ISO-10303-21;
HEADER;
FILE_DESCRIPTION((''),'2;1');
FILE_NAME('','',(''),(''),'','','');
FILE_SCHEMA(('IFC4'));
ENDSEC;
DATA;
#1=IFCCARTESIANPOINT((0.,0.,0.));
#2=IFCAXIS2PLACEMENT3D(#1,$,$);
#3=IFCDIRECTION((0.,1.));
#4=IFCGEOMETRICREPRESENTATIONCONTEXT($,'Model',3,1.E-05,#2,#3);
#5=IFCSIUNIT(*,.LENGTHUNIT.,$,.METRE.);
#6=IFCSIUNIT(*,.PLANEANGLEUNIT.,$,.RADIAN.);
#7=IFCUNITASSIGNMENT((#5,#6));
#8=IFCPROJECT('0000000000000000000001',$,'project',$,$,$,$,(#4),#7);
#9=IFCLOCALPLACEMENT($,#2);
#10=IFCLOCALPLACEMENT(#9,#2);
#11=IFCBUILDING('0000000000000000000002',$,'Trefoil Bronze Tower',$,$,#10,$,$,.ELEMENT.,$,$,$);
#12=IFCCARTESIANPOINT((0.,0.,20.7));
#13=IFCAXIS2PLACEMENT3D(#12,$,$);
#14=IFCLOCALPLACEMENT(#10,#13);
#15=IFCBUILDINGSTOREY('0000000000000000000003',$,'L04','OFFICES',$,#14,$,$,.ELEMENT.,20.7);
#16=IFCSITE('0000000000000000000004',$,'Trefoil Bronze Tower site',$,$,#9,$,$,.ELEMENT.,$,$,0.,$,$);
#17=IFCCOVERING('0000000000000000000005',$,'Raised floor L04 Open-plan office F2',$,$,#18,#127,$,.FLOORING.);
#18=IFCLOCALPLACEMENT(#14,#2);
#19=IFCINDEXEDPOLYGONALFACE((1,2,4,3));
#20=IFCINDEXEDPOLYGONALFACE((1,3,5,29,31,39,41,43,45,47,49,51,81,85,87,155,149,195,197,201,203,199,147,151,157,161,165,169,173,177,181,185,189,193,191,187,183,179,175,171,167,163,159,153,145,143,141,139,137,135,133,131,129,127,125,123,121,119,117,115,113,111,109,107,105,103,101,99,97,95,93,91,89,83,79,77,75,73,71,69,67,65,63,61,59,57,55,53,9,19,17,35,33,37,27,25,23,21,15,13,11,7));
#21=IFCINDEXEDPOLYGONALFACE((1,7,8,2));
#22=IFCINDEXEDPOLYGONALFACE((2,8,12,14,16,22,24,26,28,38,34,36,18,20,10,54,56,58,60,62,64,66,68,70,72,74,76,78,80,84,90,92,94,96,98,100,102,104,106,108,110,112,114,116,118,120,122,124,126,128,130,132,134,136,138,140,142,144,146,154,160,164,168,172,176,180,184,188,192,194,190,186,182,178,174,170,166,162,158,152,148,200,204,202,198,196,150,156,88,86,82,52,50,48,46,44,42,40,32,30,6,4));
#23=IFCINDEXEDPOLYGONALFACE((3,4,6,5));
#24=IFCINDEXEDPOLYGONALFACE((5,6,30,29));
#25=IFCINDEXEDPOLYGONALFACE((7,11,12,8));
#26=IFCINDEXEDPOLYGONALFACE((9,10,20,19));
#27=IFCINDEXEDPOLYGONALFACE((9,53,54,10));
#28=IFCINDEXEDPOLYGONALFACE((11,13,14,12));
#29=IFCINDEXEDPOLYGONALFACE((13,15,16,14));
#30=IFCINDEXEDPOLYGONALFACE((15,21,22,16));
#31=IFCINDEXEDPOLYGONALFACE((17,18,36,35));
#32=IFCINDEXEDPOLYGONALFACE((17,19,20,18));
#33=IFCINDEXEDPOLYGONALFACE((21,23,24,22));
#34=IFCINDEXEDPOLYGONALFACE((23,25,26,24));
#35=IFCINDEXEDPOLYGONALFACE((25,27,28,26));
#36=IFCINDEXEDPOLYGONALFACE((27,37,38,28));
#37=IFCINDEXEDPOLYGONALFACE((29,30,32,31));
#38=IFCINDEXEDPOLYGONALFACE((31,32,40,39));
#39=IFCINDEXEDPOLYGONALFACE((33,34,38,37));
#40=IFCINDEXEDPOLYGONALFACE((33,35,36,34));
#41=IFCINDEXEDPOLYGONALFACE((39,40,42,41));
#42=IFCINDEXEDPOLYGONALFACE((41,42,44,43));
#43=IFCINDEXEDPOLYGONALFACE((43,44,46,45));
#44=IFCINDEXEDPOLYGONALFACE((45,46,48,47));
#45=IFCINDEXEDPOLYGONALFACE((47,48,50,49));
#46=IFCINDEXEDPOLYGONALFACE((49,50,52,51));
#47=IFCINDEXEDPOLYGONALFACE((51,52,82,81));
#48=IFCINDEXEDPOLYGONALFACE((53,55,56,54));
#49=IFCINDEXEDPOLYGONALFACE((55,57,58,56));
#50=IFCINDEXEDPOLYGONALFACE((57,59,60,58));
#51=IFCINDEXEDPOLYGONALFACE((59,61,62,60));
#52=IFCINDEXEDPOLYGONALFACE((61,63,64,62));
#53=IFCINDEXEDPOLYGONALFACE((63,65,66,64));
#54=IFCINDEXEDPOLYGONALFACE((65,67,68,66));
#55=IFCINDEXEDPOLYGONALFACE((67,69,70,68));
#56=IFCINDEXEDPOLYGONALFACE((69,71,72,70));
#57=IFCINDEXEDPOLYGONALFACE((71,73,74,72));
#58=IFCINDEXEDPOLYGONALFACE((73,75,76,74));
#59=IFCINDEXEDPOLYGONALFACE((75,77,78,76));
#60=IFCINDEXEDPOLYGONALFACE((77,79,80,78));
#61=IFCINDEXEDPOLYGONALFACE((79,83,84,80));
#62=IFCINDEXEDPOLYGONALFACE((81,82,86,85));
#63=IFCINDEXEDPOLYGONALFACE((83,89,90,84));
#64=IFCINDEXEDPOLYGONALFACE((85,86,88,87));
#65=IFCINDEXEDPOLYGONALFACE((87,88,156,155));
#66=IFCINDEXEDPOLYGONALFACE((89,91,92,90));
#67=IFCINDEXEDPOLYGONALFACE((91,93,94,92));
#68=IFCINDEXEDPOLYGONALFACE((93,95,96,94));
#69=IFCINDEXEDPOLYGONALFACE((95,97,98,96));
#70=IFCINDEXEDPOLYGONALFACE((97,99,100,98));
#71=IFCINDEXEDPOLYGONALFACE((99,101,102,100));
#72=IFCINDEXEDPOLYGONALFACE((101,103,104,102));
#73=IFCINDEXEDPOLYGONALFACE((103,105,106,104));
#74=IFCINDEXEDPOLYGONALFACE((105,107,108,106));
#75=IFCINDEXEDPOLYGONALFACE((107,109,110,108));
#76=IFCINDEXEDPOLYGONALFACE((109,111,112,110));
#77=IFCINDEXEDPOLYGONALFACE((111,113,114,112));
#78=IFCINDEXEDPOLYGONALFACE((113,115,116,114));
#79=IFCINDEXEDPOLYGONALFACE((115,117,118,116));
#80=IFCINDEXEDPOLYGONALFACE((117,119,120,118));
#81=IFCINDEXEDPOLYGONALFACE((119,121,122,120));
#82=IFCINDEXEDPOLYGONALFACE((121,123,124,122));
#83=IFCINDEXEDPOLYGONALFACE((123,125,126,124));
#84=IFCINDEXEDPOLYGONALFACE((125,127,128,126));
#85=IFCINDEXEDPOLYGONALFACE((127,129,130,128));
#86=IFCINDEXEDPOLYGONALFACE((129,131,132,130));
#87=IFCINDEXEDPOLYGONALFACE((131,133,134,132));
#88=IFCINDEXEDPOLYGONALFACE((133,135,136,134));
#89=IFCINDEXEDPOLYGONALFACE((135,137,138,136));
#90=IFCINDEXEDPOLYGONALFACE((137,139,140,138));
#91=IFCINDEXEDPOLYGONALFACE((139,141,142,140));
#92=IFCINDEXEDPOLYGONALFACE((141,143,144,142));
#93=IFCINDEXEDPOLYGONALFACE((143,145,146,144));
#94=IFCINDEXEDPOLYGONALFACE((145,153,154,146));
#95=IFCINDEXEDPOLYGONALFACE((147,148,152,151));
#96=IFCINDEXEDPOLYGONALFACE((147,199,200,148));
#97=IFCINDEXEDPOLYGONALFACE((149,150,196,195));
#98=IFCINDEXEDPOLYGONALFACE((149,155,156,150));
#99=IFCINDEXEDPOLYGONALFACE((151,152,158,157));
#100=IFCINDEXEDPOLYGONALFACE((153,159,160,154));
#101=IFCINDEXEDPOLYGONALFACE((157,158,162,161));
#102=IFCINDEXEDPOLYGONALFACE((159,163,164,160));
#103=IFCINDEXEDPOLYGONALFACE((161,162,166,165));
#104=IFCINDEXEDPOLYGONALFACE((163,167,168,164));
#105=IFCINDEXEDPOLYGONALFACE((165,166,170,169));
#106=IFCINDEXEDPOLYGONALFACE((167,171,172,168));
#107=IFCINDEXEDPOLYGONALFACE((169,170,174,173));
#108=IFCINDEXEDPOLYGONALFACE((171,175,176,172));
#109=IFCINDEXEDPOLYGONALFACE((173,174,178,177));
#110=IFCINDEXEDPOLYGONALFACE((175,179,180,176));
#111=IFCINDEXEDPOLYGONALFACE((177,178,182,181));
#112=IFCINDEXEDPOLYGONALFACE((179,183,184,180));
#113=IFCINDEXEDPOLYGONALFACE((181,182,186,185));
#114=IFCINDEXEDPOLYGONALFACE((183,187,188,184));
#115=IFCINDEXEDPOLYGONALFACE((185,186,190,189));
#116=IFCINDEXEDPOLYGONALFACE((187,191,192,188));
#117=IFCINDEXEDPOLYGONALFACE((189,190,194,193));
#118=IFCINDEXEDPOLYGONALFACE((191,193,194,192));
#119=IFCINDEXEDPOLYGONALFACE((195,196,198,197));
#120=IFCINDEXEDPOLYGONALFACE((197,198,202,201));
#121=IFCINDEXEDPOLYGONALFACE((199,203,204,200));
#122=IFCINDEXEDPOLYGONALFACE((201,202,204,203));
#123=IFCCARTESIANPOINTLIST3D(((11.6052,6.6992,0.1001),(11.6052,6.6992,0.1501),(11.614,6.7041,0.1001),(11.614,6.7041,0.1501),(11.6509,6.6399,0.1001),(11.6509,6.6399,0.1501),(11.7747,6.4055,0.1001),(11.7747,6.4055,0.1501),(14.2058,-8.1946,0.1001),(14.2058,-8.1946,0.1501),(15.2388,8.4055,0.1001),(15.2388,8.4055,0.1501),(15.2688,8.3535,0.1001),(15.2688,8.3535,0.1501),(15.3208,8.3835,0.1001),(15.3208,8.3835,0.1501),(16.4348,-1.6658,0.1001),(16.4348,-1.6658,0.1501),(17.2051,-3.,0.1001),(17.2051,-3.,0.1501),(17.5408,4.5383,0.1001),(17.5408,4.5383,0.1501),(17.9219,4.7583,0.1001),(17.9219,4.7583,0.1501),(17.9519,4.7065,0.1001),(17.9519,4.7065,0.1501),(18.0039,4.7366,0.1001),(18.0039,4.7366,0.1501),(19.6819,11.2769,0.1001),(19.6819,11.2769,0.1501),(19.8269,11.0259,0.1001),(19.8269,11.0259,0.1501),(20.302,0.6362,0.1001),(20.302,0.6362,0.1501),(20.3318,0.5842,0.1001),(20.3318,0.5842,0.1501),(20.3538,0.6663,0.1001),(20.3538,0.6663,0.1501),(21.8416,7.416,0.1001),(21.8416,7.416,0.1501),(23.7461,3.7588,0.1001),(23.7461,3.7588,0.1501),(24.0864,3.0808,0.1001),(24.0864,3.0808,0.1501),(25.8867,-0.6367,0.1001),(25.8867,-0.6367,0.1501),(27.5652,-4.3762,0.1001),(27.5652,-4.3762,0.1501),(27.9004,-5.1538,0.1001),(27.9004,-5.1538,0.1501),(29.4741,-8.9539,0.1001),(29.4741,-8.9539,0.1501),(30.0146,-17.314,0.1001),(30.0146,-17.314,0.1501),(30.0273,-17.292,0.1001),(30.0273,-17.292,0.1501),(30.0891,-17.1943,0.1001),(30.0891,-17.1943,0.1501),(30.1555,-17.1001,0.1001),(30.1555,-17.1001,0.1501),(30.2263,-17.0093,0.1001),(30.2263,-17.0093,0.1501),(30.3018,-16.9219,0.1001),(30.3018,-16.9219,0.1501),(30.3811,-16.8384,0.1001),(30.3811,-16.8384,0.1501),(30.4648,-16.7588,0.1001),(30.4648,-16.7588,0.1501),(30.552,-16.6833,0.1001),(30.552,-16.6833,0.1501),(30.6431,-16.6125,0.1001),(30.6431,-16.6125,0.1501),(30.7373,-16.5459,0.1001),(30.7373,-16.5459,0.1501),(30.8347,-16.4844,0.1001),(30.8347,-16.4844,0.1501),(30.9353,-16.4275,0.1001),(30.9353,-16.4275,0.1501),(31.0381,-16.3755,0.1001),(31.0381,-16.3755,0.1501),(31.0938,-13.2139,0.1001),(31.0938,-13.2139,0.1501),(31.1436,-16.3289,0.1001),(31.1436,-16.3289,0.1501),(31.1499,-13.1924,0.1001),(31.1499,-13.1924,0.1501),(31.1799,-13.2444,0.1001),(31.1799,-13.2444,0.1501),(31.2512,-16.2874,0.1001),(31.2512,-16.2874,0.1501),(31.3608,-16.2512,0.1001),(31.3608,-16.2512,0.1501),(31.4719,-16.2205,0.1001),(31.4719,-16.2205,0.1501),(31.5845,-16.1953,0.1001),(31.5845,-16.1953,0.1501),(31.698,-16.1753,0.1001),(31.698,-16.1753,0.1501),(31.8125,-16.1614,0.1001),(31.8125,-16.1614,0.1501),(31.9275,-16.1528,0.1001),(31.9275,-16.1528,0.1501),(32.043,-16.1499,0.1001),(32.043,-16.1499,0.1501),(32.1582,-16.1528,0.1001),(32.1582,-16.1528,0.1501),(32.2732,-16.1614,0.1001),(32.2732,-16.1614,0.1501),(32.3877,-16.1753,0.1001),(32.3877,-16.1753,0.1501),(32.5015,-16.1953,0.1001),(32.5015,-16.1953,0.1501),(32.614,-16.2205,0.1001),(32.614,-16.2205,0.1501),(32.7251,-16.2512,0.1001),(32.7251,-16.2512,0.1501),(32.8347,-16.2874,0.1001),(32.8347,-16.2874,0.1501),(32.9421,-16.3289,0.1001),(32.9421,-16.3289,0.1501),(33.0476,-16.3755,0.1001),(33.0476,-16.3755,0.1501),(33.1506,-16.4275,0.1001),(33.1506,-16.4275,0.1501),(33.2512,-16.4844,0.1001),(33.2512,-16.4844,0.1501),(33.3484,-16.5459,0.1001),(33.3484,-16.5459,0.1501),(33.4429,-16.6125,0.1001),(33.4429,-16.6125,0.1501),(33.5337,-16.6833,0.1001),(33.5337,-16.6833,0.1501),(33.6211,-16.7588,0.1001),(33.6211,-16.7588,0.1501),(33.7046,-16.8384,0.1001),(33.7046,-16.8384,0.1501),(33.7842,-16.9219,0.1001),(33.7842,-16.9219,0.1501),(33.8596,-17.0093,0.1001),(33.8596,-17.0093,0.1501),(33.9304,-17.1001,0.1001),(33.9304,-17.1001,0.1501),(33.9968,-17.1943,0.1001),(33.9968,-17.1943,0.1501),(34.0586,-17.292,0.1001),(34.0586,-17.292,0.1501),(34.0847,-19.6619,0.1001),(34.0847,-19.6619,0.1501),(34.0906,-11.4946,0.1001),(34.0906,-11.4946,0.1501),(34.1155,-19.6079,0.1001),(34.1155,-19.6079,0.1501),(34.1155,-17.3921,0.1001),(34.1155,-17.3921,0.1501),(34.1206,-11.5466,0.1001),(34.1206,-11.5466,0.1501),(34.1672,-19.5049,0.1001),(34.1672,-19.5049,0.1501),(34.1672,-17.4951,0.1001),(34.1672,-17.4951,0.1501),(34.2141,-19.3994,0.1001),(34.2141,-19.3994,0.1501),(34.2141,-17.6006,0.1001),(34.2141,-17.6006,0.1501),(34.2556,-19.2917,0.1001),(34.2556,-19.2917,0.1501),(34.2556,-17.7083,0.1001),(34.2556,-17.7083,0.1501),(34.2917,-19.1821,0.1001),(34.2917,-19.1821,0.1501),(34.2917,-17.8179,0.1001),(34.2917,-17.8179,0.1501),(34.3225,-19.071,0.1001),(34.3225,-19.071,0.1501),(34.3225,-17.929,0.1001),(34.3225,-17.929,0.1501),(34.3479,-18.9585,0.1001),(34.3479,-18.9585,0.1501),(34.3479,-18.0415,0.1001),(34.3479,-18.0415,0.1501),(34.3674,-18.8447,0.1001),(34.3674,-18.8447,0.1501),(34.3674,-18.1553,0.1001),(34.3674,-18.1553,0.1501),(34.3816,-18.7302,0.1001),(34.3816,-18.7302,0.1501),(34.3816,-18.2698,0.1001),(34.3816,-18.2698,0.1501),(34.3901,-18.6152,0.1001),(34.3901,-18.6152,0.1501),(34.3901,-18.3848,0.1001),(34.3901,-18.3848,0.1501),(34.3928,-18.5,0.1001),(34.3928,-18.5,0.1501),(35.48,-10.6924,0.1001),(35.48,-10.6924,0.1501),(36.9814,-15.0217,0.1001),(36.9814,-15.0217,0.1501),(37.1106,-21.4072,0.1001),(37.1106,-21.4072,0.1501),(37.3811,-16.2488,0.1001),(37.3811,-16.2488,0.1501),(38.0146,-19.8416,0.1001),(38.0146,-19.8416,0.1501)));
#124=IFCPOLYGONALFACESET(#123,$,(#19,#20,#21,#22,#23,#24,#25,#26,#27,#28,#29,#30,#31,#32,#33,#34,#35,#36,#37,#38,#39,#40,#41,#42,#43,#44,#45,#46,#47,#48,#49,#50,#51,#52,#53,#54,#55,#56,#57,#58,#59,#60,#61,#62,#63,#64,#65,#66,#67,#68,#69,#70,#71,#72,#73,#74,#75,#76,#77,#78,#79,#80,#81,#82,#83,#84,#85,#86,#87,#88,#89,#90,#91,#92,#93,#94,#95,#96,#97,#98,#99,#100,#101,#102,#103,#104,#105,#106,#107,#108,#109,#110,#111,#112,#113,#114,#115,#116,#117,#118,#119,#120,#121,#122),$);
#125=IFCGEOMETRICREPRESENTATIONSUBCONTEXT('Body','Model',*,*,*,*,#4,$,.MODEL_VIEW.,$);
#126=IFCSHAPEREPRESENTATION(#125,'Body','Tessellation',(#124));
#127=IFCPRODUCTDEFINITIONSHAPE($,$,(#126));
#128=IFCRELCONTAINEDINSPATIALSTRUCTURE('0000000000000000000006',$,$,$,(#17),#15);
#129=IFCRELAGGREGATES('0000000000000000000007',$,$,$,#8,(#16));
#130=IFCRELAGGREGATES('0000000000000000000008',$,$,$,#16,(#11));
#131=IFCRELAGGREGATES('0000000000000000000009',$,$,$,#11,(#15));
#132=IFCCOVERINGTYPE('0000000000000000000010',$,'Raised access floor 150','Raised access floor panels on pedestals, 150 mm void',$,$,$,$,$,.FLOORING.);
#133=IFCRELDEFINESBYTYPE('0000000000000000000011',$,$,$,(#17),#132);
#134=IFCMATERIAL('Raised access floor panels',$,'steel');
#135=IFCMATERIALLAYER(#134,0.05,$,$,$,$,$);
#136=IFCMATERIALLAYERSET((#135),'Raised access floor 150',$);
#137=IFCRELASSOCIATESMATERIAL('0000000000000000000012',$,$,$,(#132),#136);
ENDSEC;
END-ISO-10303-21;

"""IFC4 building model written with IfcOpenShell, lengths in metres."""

from ifc_helpers import new_model, si_unit, direction, frame, origin, place, context, subcontext, project, spatial, polyline, outline, extrude, material, layer, layer_set, type_object, element, save


model = new_model("IFC4")

# Units and contexts
model_context = context("Model", 3, precision=1e-05, world=origin(), true_north=direction((0.0, 1.0)))
body_context = subcontext(model_context, "Body", "Model", "MODEL_VIEW")
ifc_project = project(units=[si_unit("LENGTHUNIT", "METRE"), si_unit("PLANEANGLEUNIT", "RADIAN")], contexts=[model_context])

# Site, building, storey
site_placement = place(None, origin())
site = spatial("IfcSite", under=ifc_project, at=site_placement, Name="Trefoil Bronze Tower site", CompositionType="ELEMENT", RefElevation=0.0)
building_placement = place(site_placement, origin())
building = spatial("IfcBuilding", under=site, at=building_placement, Name="Trefoil Bronze Tower", CompositionType="ELEMENT")
storey_placement = place(building_placement, frame((0.0, 0.0, 20.7)))
storey = spatial("IfcBuildingStorey", under=building, at=storey_placement, Name="L04", Description="OFFICES", CompositionType="ELEMENT", Elevation=20.7)

# Covering
ifc_material_1 = material(Name="Raised access floor panels", Category="steel")
ifc_layer_1 = layer(ifc_material_1, 0.05)
ifc_layer_set_1 = layer_set([ifc_layer_1], Name="Raised access floor 150")
covering_type_1 = type_object("IfcCoveringType", Name="Raised access floor 150", Description="Raised access floor panels on pedestals, 150 mm void", PredefinedType="FLOORING", material=ifc_layer_set_1)
covering_1_placement = place(storey_placement, frame((0.0, 0.0, 0.1001)))
element("IfcCovering", 1, at=covering_1_placement, inside=storey, type_object=covering_type_1, Name="Raised floor L04 Open-plan office F2", PredefinedType="FLOORING", context=body_context, shape_type="SweptSolid", body=[
    extrude(outline(polyline([(16.4348, -1.6658), (20.3318, 0.5842), (20.302, 0.6362), (20.3538, 0.6663), (18.0039, 4.7366), (17.9519, 4.7065), (17.9219, 4.7583), (17.5408, 4.5383), (15.3208, 8.3835), (15.2688, 8.3535), (15.2388, 8.4055), (11.7747, 6.4055), (11.6052, 6.6992), (11.614, 6.7041), (11.6509, 6.6399), (19.6819, 11.2769), (19.8269, 11.0259), (21.8416, 7.416), (23.7461, 3.7588), (24.0864, 3.0808), (25.8867, -0.6367), (27.5652, -4.3762), (27.9004, -5.1538), (29.4741, -8.9539), (31.0938, -13.2139), (31.1499, -13.1924), (31.1799, -13.2444), (34.1206, -11.5466), (34.0906, -11.4946), (35.48, -10.6924), (36.9814, -15.0217), (37.3811, -16.2488), (38.0146, -19.8416), (37.1106, -21.4072), (34.0847, -19.6619), (34.1155, -19.6079), (34.1672, -19.5049), (34.2141, -19.3994), (34.2556, -19.2917), (34.2917, -19.1821), (34.3225, -19.071), (34.3479, -18.9585), (34.3674, -18.8447), (34.3816, -18.7302), (34.3901, -18.6152), (34.3928, -18.5), (34.3901, -18.3848), (34.3816, -18.2698), (34.3674, -18.1553), (34.3479, -18.0415), (34.3225, -17.929), (34.2917, -17.8179), (34.2556, -17.7083), (34.2141, -17.6006), (34.1672, -17.4951), (34.1155, -17.3921), (34.0586, -17.292), (33.9968, -17.1943), (33.9304, -17.1001), (33.8596, -17.0093), (33.7842, -16.9219), (33.7046, -16.8384), (33.6211, -16.7588), (33.5337, -16.6833), (33.4429, -16.6125), (33.3484, -16.5459), (33.2512, -16.4844), (33.1506, -16.4275), (33.0476, -16.3755), (32.9421, -16.3289), (32.8347, -16.2874), (32.7251, -16.2512), (32.614, -16.2205), (32.5015, -16.1953), (32.3877, -16.1753), (32.2732, -16.1614), (32.1582, -16.1528), (32.043, -16.1499), (31.9275, -16.1528), (31.8125, -16.1614), (31.698, -16.1753), (31.5845, -16.1953), (31.4719, -16.2205), (31.3608, -16.2512), (31.2512, -16.2874), (31.1436, -16.3289), (31.0381, -16.3755), (30.9353, -16.4275), (30.8347, -16.4844), (30.7373, -16.5459), (30.6431, -16.6125), (30.552, -16.6833), (30.4648, -16.7588), (30.3811, -16.8384), (30.3018, -16.9219), (30.2263, -17.0093), (30.1555, -17.1001), (30.0891, -17.1943), (30.0273, -17.292), (30.0146, -17.314), (14.2058, -8.1946), (17.2051, -3.0), (16.4348, -1.6658)])), origin(), (0.0, 0.0, 1.0), 0.05),
])

save(model, "model.ifc")
